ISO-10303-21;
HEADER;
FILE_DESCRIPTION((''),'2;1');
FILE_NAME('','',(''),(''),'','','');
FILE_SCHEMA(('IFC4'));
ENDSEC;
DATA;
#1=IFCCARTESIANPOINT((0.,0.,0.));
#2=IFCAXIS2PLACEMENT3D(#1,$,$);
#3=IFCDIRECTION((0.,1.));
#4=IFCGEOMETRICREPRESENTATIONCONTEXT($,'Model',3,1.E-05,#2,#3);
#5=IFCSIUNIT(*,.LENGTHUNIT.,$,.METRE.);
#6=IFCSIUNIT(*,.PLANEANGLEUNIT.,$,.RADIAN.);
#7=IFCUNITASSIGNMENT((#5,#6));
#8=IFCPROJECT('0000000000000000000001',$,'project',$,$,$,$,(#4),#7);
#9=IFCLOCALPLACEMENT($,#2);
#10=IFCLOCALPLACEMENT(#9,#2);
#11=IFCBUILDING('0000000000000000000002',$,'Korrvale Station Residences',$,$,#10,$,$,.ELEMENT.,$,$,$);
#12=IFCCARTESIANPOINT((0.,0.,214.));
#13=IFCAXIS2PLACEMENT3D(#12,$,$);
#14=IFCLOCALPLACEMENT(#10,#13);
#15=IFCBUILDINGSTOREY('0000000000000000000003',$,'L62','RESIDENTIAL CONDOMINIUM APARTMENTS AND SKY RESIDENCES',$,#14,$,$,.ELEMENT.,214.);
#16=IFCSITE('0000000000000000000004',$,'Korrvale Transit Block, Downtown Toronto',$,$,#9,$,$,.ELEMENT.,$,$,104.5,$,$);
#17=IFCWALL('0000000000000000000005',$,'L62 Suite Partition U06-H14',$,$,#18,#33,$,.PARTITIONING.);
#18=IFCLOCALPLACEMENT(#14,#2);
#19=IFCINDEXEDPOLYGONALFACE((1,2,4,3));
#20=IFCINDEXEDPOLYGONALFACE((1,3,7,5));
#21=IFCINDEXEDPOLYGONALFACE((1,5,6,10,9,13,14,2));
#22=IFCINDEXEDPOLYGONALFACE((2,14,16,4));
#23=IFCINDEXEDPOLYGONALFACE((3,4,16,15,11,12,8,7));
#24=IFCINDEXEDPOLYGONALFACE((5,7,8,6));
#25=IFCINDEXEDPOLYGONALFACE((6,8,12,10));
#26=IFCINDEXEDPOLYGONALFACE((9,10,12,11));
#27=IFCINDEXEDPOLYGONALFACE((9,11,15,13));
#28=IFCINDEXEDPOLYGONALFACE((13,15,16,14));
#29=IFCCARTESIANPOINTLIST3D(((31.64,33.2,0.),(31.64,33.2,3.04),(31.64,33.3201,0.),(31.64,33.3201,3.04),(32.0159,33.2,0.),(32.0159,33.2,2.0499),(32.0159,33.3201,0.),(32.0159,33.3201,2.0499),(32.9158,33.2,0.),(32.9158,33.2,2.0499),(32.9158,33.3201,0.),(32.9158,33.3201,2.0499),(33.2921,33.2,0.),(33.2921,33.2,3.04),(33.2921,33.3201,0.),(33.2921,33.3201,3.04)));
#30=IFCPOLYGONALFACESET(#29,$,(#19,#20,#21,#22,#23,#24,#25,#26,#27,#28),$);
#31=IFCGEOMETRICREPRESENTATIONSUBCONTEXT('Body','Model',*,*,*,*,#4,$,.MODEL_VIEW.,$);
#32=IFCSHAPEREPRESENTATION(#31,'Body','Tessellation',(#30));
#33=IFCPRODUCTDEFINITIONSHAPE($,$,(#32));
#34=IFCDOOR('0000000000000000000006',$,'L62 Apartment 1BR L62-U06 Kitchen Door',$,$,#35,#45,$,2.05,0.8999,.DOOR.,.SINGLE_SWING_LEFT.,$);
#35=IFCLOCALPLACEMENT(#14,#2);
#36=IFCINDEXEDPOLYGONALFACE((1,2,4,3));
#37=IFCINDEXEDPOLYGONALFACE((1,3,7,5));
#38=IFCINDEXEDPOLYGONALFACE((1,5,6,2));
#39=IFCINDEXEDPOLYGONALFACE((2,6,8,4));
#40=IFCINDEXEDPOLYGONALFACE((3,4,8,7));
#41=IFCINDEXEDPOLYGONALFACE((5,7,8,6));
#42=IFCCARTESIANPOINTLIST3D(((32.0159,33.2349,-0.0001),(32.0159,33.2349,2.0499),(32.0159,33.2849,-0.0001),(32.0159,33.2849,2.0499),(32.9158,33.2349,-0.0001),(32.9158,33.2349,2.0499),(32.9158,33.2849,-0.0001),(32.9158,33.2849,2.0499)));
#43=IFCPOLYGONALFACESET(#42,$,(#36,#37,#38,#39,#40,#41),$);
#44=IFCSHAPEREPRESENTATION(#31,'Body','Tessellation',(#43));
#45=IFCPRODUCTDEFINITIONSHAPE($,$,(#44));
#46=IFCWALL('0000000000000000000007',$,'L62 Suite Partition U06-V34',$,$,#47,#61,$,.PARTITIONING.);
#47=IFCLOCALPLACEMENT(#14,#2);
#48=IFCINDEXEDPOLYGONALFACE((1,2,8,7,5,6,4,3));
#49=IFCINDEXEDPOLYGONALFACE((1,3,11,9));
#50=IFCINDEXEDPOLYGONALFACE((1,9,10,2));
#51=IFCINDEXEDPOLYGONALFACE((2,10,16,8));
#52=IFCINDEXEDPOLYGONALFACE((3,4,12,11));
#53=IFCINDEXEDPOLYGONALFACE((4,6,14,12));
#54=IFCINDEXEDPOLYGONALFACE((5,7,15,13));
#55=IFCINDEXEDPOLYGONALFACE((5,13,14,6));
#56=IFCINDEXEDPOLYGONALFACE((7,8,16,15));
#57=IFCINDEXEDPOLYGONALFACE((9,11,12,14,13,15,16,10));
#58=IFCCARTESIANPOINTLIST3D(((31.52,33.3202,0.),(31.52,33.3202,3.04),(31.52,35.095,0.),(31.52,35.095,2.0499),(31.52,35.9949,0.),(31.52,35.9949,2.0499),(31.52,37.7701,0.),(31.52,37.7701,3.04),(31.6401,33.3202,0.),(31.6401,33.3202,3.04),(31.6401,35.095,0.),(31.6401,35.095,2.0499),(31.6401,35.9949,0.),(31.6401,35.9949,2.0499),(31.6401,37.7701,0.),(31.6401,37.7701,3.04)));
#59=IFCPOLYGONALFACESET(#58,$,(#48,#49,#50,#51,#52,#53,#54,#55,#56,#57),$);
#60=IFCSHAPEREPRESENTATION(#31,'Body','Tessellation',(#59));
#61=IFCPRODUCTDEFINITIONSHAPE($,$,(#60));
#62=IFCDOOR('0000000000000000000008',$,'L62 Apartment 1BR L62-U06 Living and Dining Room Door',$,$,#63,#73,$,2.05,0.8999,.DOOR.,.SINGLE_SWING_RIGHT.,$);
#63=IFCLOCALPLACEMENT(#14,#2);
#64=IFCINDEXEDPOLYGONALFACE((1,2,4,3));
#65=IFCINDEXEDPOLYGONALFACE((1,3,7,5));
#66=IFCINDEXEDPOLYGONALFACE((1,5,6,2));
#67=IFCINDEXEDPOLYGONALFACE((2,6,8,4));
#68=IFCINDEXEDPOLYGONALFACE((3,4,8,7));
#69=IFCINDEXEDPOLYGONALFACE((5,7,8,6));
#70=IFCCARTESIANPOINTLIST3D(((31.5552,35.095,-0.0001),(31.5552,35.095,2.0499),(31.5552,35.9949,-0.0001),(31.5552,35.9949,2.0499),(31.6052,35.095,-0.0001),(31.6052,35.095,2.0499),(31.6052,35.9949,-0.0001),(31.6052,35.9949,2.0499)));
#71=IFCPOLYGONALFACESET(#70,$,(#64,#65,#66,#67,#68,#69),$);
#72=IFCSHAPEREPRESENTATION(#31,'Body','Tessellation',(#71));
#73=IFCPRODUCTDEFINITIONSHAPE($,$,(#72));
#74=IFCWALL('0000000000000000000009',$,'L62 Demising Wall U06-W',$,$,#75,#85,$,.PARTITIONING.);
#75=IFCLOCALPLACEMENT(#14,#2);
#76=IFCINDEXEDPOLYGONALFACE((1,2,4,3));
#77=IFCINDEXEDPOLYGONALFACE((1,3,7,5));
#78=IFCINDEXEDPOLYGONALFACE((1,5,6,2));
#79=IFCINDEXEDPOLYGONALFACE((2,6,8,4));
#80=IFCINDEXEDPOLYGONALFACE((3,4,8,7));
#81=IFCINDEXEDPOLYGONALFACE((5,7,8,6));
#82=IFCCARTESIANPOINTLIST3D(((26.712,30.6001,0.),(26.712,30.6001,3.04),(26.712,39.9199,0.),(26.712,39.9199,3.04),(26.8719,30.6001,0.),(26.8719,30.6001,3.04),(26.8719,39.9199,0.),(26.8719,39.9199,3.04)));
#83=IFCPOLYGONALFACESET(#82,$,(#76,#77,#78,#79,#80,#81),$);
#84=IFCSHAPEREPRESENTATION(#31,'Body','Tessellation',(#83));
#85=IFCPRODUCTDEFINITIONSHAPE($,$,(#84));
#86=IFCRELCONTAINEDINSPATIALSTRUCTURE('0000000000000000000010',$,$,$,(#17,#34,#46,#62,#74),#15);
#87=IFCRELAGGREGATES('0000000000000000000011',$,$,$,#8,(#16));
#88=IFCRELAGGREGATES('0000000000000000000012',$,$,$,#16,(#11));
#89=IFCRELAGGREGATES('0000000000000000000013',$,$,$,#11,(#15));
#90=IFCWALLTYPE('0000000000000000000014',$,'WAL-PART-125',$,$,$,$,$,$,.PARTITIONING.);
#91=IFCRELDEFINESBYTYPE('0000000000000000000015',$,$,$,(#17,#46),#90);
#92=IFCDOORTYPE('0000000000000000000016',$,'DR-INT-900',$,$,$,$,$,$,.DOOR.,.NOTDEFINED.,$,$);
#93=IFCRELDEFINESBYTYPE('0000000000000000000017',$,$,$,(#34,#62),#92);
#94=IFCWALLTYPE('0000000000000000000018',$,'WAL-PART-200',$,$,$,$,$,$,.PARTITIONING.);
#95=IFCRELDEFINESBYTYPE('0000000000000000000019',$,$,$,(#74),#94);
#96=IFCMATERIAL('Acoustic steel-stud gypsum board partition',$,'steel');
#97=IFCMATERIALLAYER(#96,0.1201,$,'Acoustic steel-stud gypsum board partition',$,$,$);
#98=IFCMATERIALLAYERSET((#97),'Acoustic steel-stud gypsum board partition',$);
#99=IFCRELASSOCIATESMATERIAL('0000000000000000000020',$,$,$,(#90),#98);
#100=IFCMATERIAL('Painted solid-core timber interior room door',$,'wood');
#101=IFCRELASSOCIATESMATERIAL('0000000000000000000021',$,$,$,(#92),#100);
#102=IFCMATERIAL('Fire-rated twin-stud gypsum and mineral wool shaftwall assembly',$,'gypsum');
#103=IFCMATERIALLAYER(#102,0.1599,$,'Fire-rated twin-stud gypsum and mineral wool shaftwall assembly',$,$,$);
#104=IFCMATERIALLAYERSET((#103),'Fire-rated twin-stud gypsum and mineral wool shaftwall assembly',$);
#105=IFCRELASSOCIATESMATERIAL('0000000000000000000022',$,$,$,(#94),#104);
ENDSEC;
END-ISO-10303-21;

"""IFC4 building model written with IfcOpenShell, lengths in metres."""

from ifc_helpers import new_model, si_unit, direction, frame, frame_2d, origin, place, context, subcontext, project, spatial, rectangle, extrude, material, layer, layer_set, type_object, element, fill, save


model = new_model("IFC4")

# Units and contexts
model_context = context("Model", 3, precision=1e-05, world=origin(), true_north=direction((0.0, 1.0)))
body_context = subcontext(model_context, "Body", "Model", "MODEL_VIEW")
ifc_project = project(units=[si_unit("LENGTHUNIT", "METRE"), si_unit("PLANEANGLEUNIT", "RADIAN")], contexts=[model_context])

# Site, building, storey
site_placement = place(None, origin())
site = spatial("IfcSite", under=ifc_project, at=site_placement, Name="Korrvale Transit Block, Downtown Toronto", CompositionType="ELEMENT", RefElevation=104.5)
building_placement = place(site_placement, origin())
building = spatial("IfcBuilding", under=site, at=building_placement, Name="Korrvale Station Residences", CompositionType="ELEMENT")
storey_placement = place(building_placement, frame((0.0, 0.0, 214.0)))
storey = spatial("IfcBuildingStorey", under=building, at=storey_placement, Name="L62", Description="RESIDENTIAL CONDOMINIUM APARTMENTS AND SKY RESIDENCES", CompositionType="ELEMENT", Elevation=214.0)

# Shared definitions
ifc_material_1 = material(Name="Acoustic steel-stud gypsum board partition", Category="steel")
ifc_layer_1 = layer(ifc_material_1, 0.1201, Name="Acoustic steel-stud gypsum board partition")
ifc_layer_set_1 = layer_set([ifc_layer_1], Name="Acoustic steel-stud gypsum board partition")
wall_type_1 = type_object("IfcWallType", Name="WAL-PART-125", PredefinedType="PARTITIONING", material=ifc_layer_set_1)
ifc_material_2 = material(Name="Painted solid-core timber interior room door", Category="wood")
door_type_1 = type_object("IfcDoorType", Name="DR-INT-900", OperationType="NOTDEFINED", PredefinedType="DOOR", material=ifc_material_2)

# Walls, openings, doors
wall_1_placement = place(storey_placement, frame((31.6399, 33.26, 0.0), z_axis=(0.0, 0.0, 1.0), x_axis=(1.0, 0.0, 0.0)))
wall_1 = element("IfcWall", 1, at=wall_1_placement, inside=storey, type_object=wall_type_1, Name="L62 Suite Partition U06-H14", PredefinedType="PARTITIONING", context=body_context, shape_type="SweptSolid", body=[
    extrude(rectangle(XDim=1.6521, YDim=0.1201, at=frame_2d((0.8262, 0.0))), origin(), (0.0, 0.0, 1.0), 3.04),
])
opening_1_placement = place(wall_1_placement, frame((0.376, 0.0, 0.0)))
opening_1 = element("IfcOpeningElement", 2, at=opening_1_placement, cuts=wall_1, PredefinedType="OPENING", context=body_context, shape_type="SweptSolid", body=[
    extrude(rectangle(XDim=0.8999, YDim=2.05, at=frame_2d((0.45, 1.0249))), frame((0.0, 0.0701, 0.0), z_axis=(0.0, -1.0, 0.0), x_axis=(1.0, 0.0, 0.0)), (0.0, 0.0, 1.0), 0.1401),
])
door_1_placement = place(opening_1_placement, origin())
door_1 = element("IfcDoor", 3, at=door_1_placement, inside=storey, type_object=door_type_1, Name="L62 Apartment 1BR L62-U06 Kitchen Door", OperationType="SINGLE_SWING_LEFT", OverallHeight=2.05, OverallWidth=0.8999, PredefinedType="DOOR", context=body_context, shape_type="SweptSolid", body=[
    extrude(rectangle(XDim=0.8999, YDim=2.05, at=frame_2d((0.45, 1.0249))), frame((0.0, 0.0249, 0.0), z_axis=(0.0, -1.0, 0.0), x_axis=(1.0, 0.0, 0.0)), (0.0, 0.0, 1.0), 0.05),
])
fill(opening_1, door_1)
wall_2_placement = place(storey_placement, frame((31.5801, 33.3201, 0.0), z_axis=(0.0, 0.0, 1.0), x_axis=(0.0, 1.0, 0.0)))
wall_2 = element("IfcWall", 4, at=wall_2_placement, inside=storey, type_object=wall_type_1, Name="L62 Suite Partition U06-V34", PredefinedType="PARTITIONING", context=body_context, shape_type="SweptSolid", body=[
    extrude(rectangle(XDim=4.45, YDim=0.1201, at=frame_2d((2.2251, 0.0))), origin(), (0.0, 0.0, 1.0), 3.04),
])
opening_2_placement = place(wall_2_placement, frame((1.7749, 0.0, 0.0)))
opening_2 = element("IfcOpeningElement", 5, at=opening_2_placement, cuts=wall_2, PredefinedType="OPENING", context=body_context, shape_type="SweptSolid", body=[
    extrude(rectangle(XDim=0.8999, YDim=2.05, at=frame_2d((0.45, 1.0249))), frame((0.0, 0.0701, 0.0), z_axis=(0.0, -1.0, 0.0), x_axis=(1.0, 0.0, 0.0)), (0.0, 0.0, 1.0), 0.1401),
])
door_2_placement = place(opening_2_placement, origin())
door_2 = element("IfcDoor", 6, at=door_2_placement, inside=storey, type_object=door_type_1, Name="L62 Apartment 1BR L62-U06 Living and Dining Room Door", OperationType="SINGLE_SWING_RIGHT", OverallHeight=2.05, OverallWidth=0.8999, PredefinedType="DOOR", context=body_context, shape_type="SweptSolid", body=[
    extrude(rectangle(XDim=0.8999, YDim=2.05, at=frame_2d((0.45, 1.0249))), frame((0.0, 0.0249, 0.0), z_axis=(0.0, -1.0, 0.0), x_axis=(1.0, 0.0, 0.0)), (0.0, 0.0, 1.0), 0.05),
])
fill(opening_2, door_2)

# Wall
ifc_material_3 = material(Name="Fire-rated twin-stud gypsum and mineral wool shaftwall assembly", Category="gypsum")
ifc_layer_2 = layer(ifc_material_3, 0.1599, Name="Fire-rated twin-stud gypsum and mineral wool shaftwall assembly")
ifc_layer_set_2 = layer_set([ifc_layer_2], Name="Fire-rated twin-stud gypsum and mineral wool shaftwall assembly")
wall_type_2 = type_object("IfcWallType", Name="WAL-PART-200", PredefinedType="PARTITIONING", material=ifc_layer_set_2)
wall_3_placement = place(storey_placement, frame((26.792, 30.6001, 0.0), z_axis=(0.0, 0.0, 1.0), x_axis=(0.0, 1.0, 0.0)))
element("IfcWall", 7, at=wall_3_placement, inside=storey, type_object=wall_type_2, Name="L62 Demising Wall U06-W", PredefinedType="PARTITIONING", context=body_context, shape_type="SweptSolid", body=[
    extrude(rectangle(XDim=9.3198, YDim=0.1599, at=frame_2d((4.6599, 0.0))), origin(), (0.0, 0.0, 1.0), 3.04),
])

save(model, "model.ifc")
